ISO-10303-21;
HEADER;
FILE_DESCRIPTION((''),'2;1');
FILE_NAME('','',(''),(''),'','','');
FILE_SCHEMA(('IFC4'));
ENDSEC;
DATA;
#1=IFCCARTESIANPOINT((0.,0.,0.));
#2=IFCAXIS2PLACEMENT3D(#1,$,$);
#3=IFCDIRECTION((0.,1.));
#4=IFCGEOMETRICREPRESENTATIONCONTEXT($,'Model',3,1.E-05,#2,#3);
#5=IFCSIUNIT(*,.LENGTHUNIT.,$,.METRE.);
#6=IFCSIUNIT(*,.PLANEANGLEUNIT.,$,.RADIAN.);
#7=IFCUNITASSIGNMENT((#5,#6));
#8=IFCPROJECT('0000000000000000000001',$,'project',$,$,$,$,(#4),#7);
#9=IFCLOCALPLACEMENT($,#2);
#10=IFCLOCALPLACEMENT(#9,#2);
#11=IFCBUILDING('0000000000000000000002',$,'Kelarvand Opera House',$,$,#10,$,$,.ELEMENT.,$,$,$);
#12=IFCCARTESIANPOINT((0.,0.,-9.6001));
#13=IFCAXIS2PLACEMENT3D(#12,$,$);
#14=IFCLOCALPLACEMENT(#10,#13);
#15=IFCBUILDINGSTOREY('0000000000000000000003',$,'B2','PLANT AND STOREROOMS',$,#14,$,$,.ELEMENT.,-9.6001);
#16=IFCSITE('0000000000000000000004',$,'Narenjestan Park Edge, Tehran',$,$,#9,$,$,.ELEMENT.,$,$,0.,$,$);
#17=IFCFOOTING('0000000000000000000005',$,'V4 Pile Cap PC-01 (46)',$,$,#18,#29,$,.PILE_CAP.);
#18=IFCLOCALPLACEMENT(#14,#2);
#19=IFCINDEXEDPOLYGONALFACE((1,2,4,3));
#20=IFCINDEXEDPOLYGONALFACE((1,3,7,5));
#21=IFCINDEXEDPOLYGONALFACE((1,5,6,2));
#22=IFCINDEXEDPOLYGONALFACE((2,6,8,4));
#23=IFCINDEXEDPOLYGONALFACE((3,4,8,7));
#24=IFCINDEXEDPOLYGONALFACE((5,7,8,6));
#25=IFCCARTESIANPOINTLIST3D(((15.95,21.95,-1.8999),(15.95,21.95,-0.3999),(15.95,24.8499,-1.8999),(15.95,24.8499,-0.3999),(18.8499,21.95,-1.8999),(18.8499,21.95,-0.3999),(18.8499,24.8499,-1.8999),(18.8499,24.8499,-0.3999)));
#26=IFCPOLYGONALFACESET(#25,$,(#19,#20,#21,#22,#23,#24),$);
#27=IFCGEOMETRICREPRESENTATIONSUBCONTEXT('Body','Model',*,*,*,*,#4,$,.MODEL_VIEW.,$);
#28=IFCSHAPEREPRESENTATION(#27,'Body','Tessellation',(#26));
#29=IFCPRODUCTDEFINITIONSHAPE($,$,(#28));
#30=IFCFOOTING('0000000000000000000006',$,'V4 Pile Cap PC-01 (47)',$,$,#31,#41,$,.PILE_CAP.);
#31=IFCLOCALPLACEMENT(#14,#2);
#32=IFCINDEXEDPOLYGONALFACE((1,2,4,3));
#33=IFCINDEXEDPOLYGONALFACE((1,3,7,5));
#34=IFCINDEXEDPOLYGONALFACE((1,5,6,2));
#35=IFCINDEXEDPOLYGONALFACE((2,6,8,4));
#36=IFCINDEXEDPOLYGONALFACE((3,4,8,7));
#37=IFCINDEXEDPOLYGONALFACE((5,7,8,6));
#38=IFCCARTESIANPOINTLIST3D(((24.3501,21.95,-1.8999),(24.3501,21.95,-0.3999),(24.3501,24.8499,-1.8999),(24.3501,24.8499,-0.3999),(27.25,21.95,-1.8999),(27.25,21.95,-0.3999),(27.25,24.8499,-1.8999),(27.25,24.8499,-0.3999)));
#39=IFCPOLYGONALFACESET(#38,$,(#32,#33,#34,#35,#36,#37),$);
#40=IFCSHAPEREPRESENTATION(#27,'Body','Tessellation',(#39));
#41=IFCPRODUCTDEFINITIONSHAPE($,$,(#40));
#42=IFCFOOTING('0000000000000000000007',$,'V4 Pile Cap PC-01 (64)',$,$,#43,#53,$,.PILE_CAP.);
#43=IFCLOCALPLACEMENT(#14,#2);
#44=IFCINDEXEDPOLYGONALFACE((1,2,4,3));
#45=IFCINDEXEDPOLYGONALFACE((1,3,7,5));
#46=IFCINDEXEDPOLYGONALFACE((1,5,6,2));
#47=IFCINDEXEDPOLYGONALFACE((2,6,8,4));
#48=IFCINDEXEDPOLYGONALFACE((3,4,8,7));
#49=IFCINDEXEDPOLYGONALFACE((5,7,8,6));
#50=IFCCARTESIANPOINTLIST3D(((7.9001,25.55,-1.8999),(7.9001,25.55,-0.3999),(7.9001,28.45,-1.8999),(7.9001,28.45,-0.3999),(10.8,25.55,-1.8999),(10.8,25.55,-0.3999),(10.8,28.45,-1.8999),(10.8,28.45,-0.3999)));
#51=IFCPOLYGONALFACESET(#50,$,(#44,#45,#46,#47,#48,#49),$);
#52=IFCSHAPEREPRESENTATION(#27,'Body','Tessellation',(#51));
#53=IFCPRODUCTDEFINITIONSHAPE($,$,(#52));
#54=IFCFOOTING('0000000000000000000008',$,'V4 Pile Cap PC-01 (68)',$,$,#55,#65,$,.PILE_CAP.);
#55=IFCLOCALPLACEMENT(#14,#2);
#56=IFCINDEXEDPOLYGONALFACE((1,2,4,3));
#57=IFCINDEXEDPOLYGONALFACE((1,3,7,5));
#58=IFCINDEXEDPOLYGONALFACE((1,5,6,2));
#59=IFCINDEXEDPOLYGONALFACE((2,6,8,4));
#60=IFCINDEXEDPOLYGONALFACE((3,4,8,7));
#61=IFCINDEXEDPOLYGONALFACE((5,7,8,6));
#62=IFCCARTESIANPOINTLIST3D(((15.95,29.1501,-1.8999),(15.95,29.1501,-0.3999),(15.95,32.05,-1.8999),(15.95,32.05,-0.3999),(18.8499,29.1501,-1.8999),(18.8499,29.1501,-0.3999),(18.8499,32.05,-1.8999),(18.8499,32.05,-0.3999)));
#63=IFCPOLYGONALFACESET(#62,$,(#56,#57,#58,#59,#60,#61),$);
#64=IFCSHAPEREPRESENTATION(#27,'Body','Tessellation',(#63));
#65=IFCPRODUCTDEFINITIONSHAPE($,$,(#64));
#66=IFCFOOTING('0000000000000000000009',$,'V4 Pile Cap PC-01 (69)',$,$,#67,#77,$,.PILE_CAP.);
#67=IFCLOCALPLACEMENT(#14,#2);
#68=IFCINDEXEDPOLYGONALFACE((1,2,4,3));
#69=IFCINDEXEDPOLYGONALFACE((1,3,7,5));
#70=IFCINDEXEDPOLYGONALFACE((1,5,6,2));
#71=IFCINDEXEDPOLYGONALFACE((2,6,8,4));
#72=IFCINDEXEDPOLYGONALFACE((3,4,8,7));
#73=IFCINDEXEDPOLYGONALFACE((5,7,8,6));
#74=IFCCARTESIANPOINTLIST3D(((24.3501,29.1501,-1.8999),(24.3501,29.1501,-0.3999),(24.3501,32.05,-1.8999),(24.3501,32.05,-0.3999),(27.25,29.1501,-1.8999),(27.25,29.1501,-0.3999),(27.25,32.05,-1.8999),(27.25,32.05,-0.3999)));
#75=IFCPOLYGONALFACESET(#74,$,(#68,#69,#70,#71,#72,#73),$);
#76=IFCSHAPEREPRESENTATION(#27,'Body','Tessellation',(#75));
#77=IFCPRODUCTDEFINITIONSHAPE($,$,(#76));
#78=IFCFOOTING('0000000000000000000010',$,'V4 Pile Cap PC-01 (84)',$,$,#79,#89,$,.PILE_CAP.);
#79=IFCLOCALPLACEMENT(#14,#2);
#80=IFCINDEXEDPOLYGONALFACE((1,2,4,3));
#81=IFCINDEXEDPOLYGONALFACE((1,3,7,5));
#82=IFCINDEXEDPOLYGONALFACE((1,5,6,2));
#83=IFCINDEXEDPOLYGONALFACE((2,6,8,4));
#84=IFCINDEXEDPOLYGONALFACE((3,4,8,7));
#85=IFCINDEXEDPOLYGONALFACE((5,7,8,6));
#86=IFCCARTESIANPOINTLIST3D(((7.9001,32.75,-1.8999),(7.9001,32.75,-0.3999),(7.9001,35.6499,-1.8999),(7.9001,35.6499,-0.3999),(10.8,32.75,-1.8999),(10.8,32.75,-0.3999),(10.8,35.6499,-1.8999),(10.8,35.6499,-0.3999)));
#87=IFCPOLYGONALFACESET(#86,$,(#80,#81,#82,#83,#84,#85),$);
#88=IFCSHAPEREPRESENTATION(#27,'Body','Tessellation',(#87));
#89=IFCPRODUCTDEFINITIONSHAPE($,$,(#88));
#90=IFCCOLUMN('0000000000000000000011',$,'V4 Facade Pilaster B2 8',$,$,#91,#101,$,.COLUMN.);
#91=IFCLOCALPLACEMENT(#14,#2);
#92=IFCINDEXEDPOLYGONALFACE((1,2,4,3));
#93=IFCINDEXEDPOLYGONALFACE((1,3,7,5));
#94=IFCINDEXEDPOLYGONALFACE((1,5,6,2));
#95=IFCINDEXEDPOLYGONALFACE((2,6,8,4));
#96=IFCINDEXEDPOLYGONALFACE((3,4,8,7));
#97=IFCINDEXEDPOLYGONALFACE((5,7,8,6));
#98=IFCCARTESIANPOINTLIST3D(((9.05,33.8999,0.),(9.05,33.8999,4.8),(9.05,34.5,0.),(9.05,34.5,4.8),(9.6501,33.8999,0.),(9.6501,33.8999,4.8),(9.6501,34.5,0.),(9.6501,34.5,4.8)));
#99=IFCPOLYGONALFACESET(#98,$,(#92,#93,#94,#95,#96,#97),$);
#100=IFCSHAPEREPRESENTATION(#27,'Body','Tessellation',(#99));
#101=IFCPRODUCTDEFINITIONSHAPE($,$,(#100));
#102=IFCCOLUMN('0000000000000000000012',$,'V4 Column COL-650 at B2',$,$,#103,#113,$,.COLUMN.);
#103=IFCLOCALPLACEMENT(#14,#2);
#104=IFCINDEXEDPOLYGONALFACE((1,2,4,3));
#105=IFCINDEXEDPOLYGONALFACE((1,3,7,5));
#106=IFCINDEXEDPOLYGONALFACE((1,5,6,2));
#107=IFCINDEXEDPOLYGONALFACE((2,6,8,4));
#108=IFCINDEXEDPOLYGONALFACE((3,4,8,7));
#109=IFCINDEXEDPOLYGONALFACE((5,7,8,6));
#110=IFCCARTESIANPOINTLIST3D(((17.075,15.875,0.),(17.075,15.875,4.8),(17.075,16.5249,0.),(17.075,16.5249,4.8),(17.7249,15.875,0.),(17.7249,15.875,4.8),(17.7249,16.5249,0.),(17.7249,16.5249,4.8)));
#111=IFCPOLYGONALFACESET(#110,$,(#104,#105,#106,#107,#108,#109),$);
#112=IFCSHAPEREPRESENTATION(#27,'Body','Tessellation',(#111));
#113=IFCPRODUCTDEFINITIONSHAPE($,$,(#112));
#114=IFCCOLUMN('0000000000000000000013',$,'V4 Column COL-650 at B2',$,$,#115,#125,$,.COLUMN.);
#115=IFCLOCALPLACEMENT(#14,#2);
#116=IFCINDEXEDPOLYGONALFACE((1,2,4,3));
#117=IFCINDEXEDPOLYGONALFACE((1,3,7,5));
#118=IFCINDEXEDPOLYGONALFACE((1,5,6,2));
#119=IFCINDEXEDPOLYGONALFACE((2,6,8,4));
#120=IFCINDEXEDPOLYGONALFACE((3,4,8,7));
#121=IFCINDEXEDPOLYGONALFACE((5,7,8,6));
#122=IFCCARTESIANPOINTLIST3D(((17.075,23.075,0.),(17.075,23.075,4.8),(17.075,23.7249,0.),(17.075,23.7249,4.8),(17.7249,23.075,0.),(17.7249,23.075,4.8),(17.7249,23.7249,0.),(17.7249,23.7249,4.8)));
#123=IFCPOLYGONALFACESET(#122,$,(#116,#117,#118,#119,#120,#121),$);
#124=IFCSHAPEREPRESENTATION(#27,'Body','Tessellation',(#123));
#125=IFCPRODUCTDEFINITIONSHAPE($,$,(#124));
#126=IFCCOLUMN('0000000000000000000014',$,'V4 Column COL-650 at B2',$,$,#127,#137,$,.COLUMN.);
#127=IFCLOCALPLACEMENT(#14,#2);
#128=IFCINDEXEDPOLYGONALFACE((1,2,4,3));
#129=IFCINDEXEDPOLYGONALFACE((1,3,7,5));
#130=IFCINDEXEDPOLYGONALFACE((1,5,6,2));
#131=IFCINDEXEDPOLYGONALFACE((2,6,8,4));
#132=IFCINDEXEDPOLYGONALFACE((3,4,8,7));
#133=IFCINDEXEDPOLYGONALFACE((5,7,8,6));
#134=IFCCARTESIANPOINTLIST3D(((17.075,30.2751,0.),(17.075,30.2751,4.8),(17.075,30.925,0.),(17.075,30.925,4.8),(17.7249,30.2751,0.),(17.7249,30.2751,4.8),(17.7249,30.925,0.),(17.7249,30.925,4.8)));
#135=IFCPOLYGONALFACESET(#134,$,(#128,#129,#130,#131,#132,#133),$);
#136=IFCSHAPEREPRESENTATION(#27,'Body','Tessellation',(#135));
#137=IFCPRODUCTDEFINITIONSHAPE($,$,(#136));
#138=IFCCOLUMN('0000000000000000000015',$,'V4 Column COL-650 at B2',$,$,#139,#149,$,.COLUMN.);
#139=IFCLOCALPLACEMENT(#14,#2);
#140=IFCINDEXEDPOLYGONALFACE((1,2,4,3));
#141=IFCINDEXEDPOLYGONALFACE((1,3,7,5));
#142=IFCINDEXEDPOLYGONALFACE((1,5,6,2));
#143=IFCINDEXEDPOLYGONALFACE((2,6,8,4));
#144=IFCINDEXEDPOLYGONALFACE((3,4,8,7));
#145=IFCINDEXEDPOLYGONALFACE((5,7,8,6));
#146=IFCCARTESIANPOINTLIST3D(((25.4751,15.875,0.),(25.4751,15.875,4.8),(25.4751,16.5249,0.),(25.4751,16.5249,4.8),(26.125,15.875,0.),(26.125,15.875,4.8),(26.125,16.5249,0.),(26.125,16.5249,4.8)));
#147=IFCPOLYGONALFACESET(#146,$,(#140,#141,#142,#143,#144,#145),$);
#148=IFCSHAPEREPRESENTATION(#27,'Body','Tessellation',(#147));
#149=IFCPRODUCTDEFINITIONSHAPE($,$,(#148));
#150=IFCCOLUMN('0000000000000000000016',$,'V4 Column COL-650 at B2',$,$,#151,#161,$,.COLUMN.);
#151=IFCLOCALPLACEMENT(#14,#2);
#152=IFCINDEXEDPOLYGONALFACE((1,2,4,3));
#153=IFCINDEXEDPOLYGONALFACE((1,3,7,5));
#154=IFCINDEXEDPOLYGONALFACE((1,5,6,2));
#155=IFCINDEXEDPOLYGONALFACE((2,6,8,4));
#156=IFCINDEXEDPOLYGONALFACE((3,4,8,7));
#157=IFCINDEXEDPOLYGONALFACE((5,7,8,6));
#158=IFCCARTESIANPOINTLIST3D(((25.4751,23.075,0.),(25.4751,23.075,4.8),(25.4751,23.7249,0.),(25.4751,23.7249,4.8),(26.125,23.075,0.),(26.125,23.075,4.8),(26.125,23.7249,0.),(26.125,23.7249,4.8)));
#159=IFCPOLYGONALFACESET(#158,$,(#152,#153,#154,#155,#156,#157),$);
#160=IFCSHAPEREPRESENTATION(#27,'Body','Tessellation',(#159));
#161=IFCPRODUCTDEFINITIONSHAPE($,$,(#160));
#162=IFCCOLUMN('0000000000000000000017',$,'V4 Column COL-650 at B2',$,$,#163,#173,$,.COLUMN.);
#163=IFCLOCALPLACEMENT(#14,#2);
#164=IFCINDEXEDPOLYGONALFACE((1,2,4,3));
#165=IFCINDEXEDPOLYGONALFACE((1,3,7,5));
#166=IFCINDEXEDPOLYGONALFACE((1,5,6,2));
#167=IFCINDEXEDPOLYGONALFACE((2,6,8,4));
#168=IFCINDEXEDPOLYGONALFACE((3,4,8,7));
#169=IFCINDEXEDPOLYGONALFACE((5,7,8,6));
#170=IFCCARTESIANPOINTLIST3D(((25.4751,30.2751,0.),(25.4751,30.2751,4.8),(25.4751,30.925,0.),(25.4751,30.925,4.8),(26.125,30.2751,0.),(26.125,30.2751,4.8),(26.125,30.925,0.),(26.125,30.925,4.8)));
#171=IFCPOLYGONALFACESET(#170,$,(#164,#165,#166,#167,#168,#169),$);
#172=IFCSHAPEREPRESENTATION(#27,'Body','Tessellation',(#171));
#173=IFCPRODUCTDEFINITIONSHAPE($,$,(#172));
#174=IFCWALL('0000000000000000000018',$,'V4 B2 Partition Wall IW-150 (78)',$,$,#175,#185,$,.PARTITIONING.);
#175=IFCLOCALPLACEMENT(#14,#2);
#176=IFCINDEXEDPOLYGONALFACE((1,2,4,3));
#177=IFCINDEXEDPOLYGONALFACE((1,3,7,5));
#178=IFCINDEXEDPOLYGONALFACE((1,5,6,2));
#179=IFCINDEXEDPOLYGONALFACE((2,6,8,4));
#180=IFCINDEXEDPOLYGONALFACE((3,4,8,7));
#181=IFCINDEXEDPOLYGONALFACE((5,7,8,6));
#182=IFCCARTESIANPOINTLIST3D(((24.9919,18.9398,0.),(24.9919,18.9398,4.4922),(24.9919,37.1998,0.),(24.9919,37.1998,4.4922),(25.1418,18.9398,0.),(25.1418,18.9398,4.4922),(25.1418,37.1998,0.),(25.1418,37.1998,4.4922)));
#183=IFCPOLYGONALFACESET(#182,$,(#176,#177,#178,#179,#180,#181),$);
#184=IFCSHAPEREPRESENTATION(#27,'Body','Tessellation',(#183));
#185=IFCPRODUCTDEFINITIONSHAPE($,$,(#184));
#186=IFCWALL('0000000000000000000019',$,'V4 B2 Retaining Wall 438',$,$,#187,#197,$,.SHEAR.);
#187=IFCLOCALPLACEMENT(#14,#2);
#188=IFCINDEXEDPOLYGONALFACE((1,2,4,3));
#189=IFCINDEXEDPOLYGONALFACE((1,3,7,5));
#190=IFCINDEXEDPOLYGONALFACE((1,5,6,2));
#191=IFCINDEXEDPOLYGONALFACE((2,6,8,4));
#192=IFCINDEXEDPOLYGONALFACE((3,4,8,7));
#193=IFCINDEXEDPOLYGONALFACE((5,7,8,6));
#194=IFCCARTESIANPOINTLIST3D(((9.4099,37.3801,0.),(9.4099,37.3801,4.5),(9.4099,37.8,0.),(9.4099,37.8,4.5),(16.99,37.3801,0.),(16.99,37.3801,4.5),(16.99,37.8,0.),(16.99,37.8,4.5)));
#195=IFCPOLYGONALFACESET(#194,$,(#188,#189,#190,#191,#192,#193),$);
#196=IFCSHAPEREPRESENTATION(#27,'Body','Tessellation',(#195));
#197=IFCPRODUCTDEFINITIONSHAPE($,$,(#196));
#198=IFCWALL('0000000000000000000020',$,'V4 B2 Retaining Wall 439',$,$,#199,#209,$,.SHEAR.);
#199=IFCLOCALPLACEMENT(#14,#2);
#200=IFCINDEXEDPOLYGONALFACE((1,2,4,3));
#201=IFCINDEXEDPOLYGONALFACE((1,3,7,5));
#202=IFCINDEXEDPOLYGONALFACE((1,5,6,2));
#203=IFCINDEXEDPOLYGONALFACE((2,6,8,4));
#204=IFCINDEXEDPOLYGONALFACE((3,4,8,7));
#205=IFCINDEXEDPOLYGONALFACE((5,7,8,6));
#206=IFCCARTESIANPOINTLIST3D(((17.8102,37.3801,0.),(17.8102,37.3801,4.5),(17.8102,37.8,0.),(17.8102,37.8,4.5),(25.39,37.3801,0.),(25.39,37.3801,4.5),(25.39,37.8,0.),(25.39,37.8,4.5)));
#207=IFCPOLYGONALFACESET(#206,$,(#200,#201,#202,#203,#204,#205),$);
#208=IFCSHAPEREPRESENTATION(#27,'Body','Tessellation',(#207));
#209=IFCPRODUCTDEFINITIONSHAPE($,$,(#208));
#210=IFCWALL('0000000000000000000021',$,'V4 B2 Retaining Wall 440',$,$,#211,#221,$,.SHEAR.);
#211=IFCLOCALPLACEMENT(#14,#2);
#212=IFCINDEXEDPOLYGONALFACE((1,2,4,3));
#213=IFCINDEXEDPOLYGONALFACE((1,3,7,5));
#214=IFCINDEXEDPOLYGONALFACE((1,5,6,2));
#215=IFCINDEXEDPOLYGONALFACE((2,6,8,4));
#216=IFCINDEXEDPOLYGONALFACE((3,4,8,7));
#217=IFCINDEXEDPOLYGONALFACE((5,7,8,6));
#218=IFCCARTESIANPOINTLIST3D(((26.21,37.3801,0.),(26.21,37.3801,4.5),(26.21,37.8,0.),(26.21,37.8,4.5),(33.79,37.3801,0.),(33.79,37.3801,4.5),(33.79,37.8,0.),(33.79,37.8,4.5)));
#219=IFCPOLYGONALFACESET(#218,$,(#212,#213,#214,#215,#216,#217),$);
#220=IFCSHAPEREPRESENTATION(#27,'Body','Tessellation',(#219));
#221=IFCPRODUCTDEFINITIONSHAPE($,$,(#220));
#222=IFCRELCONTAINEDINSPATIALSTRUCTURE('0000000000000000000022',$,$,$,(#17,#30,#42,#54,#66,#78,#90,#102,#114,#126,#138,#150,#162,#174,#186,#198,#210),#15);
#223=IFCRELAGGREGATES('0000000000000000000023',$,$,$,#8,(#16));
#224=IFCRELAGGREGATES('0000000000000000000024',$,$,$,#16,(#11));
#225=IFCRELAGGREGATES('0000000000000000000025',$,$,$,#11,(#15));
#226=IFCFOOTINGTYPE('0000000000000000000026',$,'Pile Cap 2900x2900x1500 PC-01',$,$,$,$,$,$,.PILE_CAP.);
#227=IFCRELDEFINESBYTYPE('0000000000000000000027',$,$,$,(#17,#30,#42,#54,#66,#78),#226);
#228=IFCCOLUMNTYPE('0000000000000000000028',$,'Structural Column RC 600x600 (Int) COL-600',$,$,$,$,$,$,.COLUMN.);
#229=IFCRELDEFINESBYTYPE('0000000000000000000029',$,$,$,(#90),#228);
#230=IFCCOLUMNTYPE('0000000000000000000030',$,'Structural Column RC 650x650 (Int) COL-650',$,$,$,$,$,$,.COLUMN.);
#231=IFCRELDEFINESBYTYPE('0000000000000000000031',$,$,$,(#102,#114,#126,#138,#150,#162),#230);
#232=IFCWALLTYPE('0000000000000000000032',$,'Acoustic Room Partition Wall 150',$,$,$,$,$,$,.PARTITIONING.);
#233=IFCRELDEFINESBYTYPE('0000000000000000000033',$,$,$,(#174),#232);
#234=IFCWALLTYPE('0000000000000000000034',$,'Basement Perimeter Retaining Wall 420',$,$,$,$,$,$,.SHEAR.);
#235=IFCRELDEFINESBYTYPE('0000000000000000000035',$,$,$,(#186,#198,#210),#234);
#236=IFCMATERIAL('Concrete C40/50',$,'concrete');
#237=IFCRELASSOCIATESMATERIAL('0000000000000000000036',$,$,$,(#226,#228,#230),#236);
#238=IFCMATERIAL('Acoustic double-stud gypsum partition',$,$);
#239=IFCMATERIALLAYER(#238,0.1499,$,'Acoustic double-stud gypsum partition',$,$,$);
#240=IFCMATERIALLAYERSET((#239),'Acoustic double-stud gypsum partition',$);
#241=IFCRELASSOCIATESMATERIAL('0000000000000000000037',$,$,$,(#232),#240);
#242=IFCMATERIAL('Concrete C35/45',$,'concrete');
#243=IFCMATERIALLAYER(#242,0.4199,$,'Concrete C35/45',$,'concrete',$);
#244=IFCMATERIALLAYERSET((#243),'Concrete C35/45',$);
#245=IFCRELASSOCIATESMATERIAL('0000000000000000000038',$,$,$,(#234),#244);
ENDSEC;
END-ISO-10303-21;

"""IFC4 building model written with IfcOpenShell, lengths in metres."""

from ifc_helpers import new_model, si_unit, direction, frame, frame_2d, origin, origin_2d, place, context, subcontext, project, spatial, rectangle, extrude, material, layer, layer_set, material_profile, profile_set, type_object, element, save


model = new_model("IFC4")

# Units and contexts
model_context = context("Model", 3, precision=1e-05, world=origin(), true_north=direction((0.0, 1.0)))
body_context = subcontext(model_context, "Body", "Model", "MODEL_VIEW")
ifc_project = project(units=[si_unit("LENGTHUNIT", "METRE"), si_unit("PLANEANGLEUNIT", "RADIAN")], contexts=[model_context])

# Site, building, storey
site_placement = place(None, origin())
site = spatial("IfcSite", under=ifc_project, at=site_placement, Name="Narenjestan Park Edge, Tehran", CompositionType="ELEMENT", RefElevation=0.0)
building_placement = place(site_placement, origin())
building = spatial("IfcBuilding", under=site, at=building_placement, Name="Kelarvand Opera House", CompositionType="ELEMENT")
storey_placement = place(building_placement, frame((0.0, 0.0, -9.6001)))
storey = spatial("IfcBuildingStorey", under=building, at=storey_placement, Name="B2", Description="PLANT AND STOREROOMS", CompositionType="ELEMENT", Elevation=-9.6001)

# Shared definitions
ifc_material_1 = material(Name="Concrete C40/50", Category="concrete")

# Footings
footing_type = type_object("IfcFootingType", Name="Pile Cap 2900x2900x1500 PC-01", PredefinedType="PILE_CAP", material=ifc_material_1)
for number, where, z_axis, x_axis, name in (
    (1, (17.3999, 23.3999, -1.8999), (0.0, 0.0, 1.0), (1.0, 0.0, 0.0), "V4 Pile Cap PC-01 (46)"),
    (2, (25.8, 23.3999, -1.8999), (0.0, 0.0, 1.0), (1.0, 0.0, 0.0), "V4 Pile Cap PC-01 (47)"),
    (3, (9.3501, 27.0, -1.8999), (0.0, 0.0, 1.0), (1.0, 0.0, 0.0), "V4 Pile Cap PC-01 (64)"),
    (4, (17.3999, 30.6001, -1.8999), (0.0, 0.0, 1.0), (1.0, 0.0, 0.0), "V4 Pile Cap PC-01 (68)"),
    (5, (25.8, 30.6001, -1.8999), (0.0, 0.0, 1.0), (1.0, 0.0, 0.0), "V4 Pile Cap PC-01 (69)"),
    (6, (9.3501, 34.2, -1.8999), (0.0, 0.0, 1.0), (1.0, 0.0, 0.0), "V4 Pile Cap PC-01 (84)"),
):
    element("IfcFooting", number, at=place(storey_placement, frame(where, z_axis=z_axis, x_axis=x_axis)), inside=storey, type_object=footing_type, Name=name, PredefinedType="PILE_CAP", context=body_context, shape_type="SweptSolid", body=[
        extrude(rectangle(XDim=2.8999, YDim=2.8999, at=origin_2d()), origin(), (0.0, 0.0, 1.0), 1.5),
    ])

# Columns
ifc_material_profile_1 = material_profile(ifc_material_1, rectangle(XDim=0.6001, YDim=0.6001, at=origin_2d()), Name="RC 600x600", Category="concrete")
ifc_profile_set_1 = profile_set([ifc_material_profile_1], Name="Concrete C40/50")
column_type_1 = type_object("IfcColumnType", Name="Structural Column RC 600x600 (Int) COL-600", PredefinedType="COLUMN", material=ifc_profile_set_1)
column_placement = place(storey_placement, frame((9.3501, 34.2, 0.0), z_axis=(0.0, 0.0, 1.0), x_axis=(1.0, 0.0, 0.0)))
element("IfcColumn", 7, at=column_placement, inside=storey, type_object=column_type_1, Name="V4 Facade Pilaster B2 8", PredefinedType="COLUMN", context=body_context, shape_type="SweptSolid", body=[
    extrude(rectangle(XDim=0.6001, YDim=0.6001, at=origin_2d()), origin(), (0.0, 0.0, 1.0), 4.8),
])
ifc_material_profile_2 = material_profile(ifc_material_1, rectangle(XDim=0.6499, YDim=0.6499, at=origin_2d()), Name="RC 650x650", Category="concrete")
ifc_profile_set_2 = profile_set([ifc_material_profile_2], Name="Concrete C40/50")
column_type_2 = type_object("IfcColumnType", Name="Structural Column RC 650x650 (Int) COL-650", PredefinedType="COLUMN", material=ifc_profile_set_2)
for number, where, z_axis, x_axis, name in (
    (8, (17.3999, 16.2, 0.0), (0.0, 0.0, 1.0), (1.0, 0.0, 0.0), "V4 Column COL-650 at B2"),
    (9, (17.3999, 23.3999, 0.0), (0.0, 0.0, 1.0), (1.0, 0.0, 0.0), "V4 Column COL-650 at B2"),
    (10, (17.3999, 30.6001, 0.0), (0.0, 0.0, 1.0), (1.0, 0.0, 0.0), "V4 Column COL-650 at B2"),
    (11, (25.8, 16.2, 0.0), (0.0, 0.0, 1.0), (1.0, 0.0, 0.0), "V4 Column COL-650 at B2"),
    (12, (25.8, 23.3999, 0.0), (0.0, 0.0, 1.0), (1.0, 0.0, 0.0), "V4 Column COL-650 at B2"),
    (13, (25.8, 30.6001, 0.0), (0.0, 0.0, 1.0), (1.0, 0.0, 0.0), "V4 Column COL-650 at B2"),
):
    element("IfcColumn", number, at=place(storey_placement, frame(where, z_axis=z_axis, x_axis=x_axis)), inside=storey, type_object=column_type_2, Name=name, PredefinedType="COLUMN", context=body_context, shape_type="SweptSolid", body=[
        extrude(rectangle(XDim=0.6499, YDim=0.6499, at=origin_2d()), origin(), (0.0, 0.0, 1.0), 4.8),
    ])

# Walls
ifc_material_2 = material(Name="Acoustic double-stud gypsum partition")
ifc_layer_1 = layer(ifc_material_2, 0.1499, Name="Acoustic double-stud gypsum partition")
ifc_layer_set_1 = layer_set([ifc_layer_1], Name="Acoustic double-stud gypsum partition")
wall_type_1 = type_object("IfcWallType", Name="Acoustic Room Partition Wall 150", PredefinedType="PARTITIONING", material=ifc_layer_set_1)
wall_1_placement = place(storey_placement, frame((25.0669, 18.9399, 0.0), z_axis=(0.0, 0.0, 1.0), x_axis=(0.0, 1.0, 0.0)))
element("IfcWall", 14, at=wall_1_placement, inside=storey, type_object=wall_type_1, Name="V4 B2 Partition Wall IW-150 (78)", PredefinedType="PARTITIONING", context=body_context, shape_type="SweptSolid", body=[
    extrude(rectangle(XDim=18.26, YDim=0.1499, at=frame_2d((9.1299, 0.0))), origin(), (0.0, 0.0, 1.0), 4.4922),
])
ifc_material_3 = material(Name="Concrete C35/45", Category="concrete")
ifc_layer_2 = layer(ifc_material_3, 0.4199, Name="Concrete C35/45", Category="concrete")
ifc_layer_set_2 = layer_set([ifc_layer_2], Name="Concrete C35/45")
wall_type_2 = type_object("IfcWallType", Name="Basement Perimeter Retaining Wall 420", PredefinedType="SHEAR", material=ifc_layer_set_2)
wall_2_placement = place(storey_placement, frame((9.4099, 37.5901, 0.0), z_axis=(0.0, 0.0, 1.0), x_axis=(1.0, 0.0, 0.0)))
element("IfcWall", 15, at=wall_2_placement, inside=storey, type_object=wall_type_2, Name="V4 B2 Retaining Wall 438", PredefinedType="SHEAR", context=body_context, shape_type="SweptSolid", body=[
    extrude(rectangle(XDim=7.5801, YDim=0.4199, at=frame_2d((3.79, 0.0))), origin(), (0.0, 0.0, 1.0), 4.5),
])
wall_3_placement = place(storey_placement, frame((17.8101, 37.5901, 0.0), z_axis=(0.0, 0.0, 1.0), x_axis=(1.0, 0.0, 0.0)))
element("IfcWall", 16, at=wall_3_placement, inside=storey, type_object=wall_type_2, Name="V4 B2 Retaining Wall 439", PredefinedType="SHEAR", context=body_context, shape_type="SweptSolid", body=[
    extrude(rectangle(XDim=7.5798, YDim=0.4199, at=frame_2d((3.79, 0.0))), origin(), (0.0, 0.0, 1.0), 4.5),
])
wall_4_placement = place(storey_placement, frame((26.21, 37.5901, 0.0), z_axis=(0.0, 0.0, 1.0), x_axis=(1.0, 0.0, 0.0)))
element("IfcWall", 17, at=wall_4_placement, inside=storey, type_object=wall_type_2, Name="V4 B2 Retaining Wall 440", PredefinedType="SHEAR", context=body_context, shape_type="SweptSolid", body=[
    extrude(rectangle(XDim=7.5801, YDim=0.4199, at=frame_2d((3.79, 0.0))), origin(), (0.0, 0.0, 1.0), 4.5),
])

save(model, "model.ifc")
